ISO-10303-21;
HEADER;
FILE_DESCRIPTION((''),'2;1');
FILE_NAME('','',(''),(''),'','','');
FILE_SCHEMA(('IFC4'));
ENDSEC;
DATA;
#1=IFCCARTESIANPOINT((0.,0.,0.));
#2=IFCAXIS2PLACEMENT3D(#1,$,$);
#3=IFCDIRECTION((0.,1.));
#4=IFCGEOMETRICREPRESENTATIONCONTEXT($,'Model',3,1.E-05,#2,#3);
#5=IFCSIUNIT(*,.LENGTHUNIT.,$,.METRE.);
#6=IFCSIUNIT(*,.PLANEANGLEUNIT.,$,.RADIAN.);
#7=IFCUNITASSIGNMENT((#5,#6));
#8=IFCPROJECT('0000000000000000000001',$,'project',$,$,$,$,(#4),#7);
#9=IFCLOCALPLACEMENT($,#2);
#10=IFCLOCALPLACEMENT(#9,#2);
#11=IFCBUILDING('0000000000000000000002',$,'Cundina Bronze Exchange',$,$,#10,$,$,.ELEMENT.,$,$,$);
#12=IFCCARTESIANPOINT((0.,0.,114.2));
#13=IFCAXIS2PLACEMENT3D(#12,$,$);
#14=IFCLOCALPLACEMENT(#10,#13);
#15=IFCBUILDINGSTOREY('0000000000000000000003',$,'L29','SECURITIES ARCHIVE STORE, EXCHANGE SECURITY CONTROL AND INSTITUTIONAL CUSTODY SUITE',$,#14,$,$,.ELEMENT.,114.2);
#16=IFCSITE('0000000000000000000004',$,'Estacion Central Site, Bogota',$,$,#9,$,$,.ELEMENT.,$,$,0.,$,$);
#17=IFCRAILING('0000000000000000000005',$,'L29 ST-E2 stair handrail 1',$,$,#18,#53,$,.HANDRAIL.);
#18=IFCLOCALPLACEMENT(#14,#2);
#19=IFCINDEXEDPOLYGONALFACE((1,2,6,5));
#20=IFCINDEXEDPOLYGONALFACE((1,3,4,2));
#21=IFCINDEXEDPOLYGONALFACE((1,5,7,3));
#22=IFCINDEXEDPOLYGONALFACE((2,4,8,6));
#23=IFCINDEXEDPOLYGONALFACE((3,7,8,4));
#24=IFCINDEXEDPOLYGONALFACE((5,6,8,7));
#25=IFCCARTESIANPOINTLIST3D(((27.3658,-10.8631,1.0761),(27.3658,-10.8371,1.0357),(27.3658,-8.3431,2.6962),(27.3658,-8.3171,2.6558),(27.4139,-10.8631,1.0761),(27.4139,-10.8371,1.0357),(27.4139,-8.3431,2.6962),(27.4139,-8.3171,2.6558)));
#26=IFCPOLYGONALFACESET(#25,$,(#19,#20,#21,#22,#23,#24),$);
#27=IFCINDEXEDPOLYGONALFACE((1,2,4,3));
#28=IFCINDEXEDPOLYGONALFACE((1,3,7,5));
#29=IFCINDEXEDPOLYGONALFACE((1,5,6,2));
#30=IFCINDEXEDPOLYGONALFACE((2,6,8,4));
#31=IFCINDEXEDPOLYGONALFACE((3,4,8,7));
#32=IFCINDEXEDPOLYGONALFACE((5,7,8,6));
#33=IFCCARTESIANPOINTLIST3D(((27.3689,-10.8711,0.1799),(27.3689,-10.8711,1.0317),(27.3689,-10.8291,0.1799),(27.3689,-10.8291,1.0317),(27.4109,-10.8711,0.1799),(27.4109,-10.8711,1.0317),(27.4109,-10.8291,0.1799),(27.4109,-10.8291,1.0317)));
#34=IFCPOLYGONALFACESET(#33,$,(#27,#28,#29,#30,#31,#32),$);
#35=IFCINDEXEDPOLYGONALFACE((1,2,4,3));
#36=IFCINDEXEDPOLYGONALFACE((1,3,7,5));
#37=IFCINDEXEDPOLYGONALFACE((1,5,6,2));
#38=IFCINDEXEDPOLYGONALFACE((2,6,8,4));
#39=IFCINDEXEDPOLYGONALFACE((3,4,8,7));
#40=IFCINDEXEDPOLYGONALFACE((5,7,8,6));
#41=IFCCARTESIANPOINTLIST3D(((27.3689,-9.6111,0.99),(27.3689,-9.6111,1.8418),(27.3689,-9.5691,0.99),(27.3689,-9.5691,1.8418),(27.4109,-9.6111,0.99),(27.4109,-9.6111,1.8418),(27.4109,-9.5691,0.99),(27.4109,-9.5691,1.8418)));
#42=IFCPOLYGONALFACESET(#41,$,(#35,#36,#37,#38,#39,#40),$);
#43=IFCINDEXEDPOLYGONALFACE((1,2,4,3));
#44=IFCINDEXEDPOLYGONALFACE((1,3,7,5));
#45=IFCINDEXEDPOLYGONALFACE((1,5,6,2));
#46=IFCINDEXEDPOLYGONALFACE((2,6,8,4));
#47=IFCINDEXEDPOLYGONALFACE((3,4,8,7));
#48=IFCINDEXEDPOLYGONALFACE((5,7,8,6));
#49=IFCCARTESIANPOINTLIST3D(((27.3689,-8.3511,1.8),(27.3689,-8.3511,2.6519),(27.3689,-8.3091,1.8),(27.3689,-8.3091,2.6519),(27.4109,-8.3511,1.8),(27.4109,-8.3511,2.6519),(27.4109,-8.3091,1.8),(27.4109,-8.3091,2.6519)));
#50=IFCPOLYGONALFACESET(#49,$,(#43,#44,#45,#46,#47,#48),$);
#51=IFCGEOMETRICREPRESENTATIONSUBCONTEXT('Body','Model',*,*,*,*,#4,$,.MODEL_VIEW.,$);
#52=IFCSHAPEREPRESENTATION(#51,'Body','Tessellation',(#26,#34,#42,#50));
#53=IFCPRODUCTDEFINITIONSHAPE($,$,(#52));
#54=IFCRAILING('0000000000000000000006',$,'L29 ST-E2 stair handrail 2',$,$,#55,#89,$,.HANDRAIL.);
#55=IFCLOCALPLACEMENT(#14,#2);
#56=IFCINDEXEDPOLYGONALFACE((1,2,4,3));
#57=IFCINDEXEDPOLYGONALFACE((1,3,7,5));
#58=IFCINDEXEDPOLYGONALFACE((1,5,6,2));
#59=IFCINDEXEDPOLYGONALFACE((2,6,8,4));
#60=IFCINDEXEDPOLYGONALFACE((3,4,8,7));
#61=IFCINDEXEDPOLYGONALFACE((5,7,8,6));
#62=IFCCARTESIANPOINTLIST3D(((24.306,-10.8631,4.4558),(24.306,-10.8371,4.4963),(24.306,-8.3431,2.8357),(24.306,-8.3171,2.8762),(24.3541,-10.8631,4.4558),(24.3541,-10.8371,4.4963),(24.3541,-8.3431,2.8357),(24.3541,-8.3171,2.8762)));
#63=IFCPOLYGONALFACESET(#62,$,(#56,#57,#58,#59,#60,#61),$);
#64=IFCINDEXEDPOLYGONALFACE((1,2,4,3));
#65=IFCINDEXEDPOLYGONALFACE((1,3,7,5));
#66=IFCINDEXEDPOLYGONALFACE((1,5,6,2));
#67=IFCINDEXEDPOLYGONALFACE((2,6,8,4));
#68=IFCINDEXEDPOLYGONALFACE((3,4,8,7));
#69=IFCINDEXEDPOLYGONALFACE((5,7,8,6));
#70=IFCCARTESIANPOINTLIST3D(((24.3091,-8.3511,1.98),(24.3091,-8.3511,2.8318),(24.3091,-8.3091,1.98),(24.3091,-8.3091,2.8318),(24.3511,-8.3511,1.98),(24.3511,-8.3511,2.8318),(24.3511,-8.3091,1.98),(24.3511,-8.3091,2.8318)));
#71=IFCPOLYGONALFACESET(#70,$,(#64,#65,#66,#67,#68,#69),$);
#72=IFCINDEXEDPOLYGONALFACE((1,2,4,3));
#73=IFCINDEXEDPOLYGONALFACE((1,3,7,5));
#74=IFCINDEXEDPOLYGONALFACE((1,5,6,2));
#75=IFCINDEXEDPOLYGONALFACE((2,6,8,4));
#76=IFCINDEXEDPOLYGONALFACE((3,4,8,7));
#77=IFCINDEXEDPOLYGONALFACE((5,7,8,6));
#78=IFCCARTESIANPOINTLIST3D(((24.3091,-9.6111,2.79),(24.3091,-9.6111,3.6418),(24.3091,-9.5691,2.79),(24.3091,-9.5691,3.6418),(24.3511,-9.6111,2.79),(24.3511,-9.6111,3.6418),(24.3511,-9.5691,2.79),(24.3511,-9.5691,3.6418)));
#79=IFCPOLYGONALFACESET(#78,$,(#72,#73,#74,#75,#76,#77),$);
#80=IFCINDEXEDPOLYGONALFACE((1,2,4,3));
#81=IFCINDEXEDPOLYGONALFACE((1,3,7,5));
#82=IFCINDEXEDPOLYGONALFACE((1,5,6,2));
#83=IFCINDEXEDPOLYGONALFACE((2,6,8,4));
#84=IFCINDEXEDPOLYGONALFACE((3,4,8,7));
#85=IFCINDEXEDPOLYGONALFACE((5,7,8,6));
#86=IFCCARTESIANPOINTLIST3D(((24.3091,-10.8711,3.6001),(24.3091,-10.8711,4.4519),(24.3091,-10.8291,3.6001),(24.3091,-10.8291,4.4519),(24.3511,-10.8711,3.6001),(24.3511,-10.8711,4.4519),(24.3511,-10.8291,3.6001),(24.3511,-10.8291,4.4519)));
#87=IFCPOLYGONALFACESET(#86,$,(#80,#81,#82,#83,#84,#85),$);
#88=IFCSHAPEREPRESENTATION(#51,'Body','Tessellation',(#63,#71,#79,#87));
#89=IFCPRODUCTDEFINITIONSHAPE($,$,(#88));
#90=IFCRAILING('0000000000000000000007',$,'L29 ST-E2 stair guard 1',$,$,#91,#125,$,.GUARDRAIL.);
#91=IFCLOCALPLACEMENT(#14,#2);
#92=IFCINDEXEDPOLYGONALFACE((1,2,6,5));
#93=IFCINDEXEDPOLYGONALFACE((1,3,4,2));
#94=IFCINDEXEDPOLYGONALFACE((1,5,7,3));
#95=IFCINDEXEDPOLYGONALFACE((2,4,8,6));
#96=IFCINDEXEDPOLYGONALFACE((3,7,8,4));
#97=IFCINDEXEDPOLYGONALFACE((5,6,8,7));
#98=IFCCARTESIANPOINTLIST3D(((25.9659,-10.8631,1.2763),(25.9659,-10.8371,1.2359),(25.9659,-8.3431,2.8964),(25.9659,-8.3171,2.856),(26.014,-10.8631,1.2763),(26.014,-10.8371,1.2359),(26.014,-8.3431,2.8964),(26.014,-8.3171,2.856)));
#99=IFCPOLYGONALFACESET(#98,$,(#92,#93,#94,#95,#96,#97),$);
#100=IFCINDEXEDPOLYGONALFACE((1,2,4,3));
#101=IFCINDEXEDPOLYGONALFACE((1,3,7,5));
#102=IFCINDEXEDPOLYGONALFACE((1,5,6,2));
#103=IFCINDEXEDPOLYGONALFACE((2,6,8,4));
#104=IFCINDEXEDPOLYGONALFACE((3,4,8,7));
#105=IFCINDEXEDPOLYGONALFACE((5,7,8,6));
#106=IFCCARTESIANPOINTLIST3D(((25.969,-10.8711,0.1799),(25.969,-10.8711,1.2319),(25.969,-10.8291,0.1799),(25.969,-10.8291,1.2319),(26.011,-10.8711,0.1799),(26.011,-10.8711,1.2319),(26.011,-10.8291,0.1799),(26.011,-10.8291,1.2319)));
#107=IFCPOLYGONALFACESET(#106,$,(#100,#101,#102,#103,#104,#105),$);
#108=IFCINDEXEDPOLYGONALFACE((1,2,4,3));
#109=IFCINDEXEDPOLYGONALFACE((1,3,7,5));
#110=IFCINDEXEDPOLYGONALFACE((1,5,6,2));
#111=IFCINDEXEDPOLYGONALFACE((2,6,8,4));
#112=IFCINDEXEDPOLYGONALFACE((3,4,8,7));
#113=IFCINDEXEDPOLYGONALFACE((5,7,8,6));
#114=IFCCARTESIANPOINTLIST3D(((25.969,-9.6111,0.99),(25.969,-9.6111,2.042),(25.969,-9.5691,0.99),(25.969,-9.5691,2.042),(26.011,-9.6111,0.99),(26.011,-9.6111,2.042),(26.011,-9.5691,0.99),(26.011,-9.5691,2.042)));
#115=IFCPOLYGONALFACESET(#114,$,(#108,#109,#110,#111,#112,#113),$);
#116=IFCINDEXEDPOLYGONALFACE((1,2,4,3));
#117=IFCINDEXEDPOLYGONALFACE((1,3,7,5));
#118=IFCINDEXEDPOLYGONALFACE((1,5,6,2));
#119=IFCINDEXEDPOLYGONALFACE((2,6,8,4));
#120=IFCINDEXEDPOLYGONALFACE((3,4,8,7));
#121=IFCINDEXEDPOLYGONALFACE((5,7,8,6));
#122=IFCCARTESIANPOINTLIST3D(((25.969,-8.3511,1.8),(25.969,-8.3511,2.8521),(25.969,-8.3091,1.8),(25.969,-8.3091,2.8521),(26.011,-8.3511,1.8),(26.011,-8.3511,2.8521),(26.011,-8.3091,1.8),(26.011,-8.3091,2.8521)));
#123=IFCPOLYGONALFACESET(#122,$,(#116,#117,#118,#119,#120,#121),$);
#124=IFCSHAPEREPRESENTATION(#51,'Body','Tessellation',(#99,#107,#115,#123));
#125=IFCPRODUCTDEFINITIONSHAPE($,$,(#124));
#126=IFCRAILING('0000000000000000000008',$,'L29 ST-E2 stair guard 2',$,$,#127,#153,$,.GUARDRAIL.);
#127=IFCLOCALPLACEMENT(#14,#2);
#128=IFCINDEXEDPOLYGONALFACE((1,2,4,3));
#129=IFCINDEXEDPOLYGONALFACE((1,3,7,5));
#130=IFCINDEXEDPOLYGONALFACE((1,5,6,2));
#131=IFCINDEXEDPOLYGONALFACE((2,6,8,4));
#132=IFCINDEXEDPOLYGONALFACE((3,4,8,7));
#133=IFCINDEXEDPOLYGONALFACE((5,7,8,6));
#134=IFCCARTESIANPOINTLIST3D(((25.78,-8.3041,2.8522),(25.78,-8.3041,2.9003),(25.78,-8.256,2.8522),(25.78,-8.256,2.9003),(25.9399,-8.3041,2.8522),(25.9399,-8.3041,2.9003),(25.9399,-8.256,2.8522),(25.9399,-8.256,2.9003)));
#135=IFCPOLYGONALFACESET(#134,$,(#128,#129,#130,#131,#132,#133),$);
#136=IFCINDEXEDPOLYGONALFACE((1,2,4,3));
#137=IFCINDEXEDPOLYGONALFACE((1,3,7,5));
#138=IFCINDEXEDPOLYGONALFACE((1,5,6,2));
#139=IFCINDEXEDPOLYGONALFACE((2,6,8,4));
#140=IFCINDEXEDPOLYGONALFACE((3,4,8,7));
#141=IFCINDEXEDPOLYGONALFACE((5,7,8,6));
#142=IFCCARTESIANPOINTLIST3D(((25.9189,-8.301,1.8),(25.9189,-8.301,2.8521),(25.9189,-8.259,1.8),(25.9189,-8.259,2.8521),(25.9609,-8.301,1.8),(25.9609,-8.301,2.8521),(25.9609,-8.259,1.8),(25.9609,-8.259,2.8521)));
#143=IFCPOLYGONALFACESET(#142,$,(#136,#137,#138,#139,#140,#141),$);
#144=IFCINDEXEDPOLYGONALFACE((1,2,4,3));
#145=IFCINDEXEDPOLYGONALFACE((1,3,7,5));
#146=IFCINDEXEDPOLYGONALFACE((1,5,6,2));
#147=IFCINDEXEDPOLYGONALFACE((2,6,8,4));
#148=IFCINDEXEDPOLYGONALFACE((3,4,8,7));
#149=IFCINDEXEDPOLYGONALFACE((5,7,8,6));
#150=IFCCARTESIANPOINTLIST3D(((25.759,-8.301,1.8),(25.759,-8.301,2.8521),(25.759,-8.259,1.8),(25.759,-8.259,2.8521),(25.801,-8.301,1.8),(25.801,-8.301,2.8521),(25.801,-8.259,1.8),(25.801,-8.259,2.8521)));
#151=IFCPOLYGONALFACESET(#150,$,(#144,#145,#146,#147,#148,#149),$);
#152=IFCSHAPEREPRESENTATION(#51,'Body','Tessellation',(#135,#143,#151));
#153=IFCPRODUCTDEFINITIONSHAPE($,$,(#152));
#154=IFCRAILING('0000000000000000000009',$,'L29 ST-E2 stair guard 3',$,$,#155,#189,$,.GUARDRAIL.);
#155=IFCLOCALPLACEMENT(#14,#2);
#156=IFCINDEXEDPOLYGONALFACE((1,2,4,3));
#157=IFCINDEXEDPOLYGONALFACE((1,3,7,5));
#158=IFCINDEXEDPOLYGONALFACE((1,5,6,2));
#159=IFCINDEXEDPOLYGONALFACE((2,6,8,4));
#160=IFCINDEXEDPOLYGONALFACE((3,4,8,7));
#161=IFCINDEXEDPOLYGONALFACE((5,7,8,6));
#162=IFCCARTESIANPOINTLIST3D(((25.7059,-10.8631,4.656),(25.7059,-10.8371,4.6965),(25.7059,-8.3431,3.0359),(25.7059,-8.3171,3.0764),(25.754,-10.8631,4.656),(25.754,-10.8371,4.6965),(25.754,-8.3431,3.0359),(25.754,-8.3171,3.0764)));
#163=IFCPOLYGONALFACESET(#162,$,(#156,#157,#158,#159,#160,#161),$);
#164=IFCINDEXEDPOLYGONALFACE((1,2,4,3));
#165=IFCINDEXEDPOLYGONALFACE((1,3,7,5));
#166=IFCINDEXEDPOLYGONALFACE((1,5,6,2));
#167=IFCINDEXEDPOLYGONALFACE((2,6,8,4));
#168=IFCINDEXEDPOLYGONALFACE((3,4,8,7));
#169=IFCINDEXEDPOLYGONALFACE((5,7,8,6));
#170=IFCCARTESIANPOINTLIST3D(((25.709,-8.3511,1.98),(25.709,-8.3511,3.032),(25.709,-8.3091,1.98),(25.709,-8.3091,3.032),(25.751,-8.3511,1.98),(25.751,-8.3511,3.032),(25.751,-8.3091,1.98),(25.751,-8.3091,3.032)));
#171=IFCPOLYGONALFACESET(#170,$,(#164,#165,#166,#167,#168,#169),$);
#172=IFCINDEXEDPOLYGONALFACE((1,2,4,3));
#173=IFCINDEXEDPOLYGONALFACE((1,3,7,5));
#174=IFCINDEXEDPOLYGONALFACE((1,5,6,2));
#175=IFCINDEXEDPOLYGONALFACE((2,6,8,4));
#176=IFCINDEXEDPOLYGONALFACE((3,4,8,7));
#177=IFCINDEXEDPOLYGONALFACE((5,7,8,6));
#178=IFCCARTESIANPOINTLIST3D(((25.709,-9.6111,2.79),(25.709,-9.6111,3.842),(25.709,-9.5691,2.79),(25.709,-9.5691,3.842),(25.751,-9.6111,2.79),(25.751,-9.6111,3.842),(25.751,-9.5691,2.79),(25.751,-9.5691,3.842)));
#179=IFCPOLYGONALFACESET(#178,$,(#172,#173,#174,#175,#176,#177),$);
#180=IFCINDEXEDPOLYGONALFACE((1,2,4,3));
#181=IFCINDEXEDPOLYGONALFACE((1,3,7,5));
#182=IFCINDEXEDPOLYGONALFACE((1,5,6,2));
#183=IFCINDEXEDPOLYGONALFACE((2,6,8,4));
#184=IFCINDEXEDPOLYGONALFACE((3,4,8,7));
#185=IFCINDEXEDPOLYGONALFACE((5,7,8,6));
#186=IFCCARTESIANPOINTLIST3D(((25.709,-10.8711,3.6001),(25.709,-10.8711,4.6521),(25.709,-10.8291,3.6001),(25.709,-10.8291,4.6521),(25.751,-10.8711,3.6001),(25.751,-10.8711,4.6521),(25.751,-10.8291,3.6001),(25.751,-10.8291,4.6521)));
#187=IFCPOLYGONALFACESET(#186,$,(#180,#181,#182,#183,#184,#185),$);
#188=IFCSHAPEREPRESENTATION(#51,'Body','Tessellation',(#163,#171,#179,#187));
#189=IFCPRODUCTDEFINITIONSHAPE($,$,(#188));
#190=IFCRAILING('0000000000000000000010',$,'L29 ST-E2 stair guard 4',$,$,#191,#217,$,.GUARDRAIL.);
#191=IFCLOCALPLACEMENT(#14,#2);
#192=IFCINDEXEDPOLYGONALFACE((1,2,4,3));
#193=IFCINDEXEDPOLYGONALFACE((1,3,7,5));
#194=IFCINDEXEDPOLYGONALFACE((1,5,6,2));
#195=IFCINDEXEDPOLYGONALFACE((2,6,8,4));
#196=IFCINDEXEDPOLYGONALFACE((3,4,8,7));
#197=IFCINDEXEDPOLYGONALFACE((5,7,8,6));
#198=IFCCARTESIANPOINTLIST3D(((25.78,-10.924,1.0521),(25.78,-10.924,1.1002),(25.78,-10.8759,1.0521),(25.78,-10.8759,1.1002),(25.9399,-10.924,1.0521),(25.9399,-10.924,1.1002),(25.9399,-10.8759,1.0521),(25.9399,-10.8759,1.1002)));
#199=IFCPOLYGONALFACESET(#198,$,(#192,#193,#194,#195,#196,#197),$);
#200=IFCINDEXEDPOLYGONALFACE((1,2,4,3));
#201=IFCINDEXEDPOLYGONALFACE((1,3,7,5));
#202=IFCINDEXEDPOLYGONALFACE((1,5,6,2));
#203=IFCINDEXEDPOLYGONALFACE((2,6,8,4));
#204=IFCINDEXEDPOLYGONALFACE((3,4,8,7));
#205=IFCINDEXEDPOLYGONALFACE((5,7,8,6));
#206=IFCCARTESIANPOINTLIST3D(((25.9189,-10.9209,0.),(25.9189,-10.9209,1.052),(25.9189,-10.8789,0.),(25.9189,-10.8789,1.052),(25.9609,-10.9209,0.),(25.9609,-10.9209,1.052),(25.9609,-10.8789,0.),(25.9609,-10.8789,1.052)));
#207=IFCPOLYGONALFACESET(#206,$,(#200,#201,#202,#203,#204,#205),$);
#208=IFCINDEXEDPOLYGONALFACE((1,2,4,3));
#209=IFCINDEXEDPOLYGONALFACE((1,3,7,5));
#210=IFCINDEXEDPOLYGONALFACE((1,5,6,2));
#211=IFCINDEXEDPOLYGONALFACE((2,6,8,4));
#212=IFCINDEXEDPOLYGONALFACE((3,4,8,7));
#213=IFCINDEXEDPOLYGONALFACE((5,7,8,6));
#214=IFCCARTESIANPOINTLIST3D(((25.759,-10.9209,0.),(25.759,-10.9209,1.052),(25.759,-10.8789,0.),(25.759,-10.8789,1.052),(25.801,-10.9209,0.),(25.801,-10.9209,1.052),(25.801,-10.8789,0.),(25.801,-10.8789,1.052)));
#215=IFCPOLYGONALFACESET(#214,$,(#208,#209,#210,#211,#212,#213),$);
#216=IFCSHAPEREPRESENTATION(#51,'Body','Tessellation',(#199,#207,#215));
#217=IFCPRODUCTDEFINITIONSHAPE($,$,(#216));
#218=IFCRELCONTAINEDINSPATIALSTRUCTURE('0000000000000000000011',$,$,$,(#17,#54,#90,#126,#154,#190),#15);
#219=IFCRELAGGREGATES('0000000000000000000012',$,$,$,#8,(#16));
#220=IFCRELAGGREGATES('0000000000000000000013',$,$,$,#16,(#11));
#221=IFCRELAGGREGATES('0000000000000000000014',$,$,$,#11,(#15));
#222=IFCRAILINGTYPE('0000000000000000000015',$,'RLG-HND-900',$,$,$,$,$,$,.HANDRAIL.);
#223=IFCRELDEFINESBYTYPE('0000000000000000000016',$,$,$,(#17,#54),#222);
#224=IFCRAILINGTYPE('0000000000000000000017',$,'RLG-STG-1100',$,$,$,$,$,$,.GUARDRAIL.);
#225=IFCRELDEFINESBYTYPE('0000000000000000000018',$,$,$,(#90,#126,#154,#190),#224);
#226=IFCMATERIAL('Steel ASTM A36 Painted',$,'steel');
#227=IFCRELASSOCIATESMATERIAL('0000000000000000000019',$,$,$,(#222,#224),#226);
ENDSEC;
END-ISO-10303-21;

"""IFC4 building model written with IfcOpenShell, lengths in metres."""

from ifc_helpers import new_model, si_unit, direction, frame, origin, origin_2d, place, context, subcontext, project, spatial, rectangle, extrude, material, type_object, element, save


model = new_model("IFC4")

# Units and contexts
model_context = context("Model", 3, precision=1e-05, world=origin(), true_north=direction((0.0, 1.0)))
body_context = subcontext(model_context, "Body", "Model", "MODEL_VIEW")
ifc_project = project(units=[si_unit("LENGTHUNIT", "METRE"), si_unit("PLANEANGLEUNIT", "RADIAN")], contexts=[model_context])

# Site, building, storey
site_placement = place(None, origin())
site = spatial("IfcSite", under=ifc_project, at=site_placement, Name="Estacion Central Site, Bogota", CompositionType="ELEMENT", RefElevation=0.0)
building_placement = place(site_placement, origin())
building = spatial("IfcBuilding", under=site, at=building_placement, Name="Cundina Bronze Exchange", CompositionType="ELEMENT")
storey_placement = place(building_placement, frame((0.0, 0.0, 114.2)))
storey = spatial("IfcBuildingStorey", under=building, at=storey_placement, Name="L29", Description="SECURITIES ARCHIVE STORE, EXCHANGE SECURITY CONTROL AND INSTITUTIONAL CUSTODY SUITE", CompositionType="ELEMENT", Elevation=114.2)

# Shared definitions
ifc_material_1 = material(Name="Steel ASTM A36 Painted", Category="steel")

# Railings
railing_type_1 = type_object("IfcRailingType", Name="RLG-HND-900", PredefinedType="HANDRAIL", material=ifc_material_1)
railing_1_placement = place(storey_placement, frame((27.3899, -10.8501, 0.1799)))
element("IfcRailing", 1, at=railing_1_placement, inside=storey, type_object=railing_type_1, Name="L29 ST-E2 stair handrail 1", PredefinedType="HANDRAIL", context=body_context, shape_type="SweptSolid", body=[
    extrude(rectangle(XDim=0.0481, YDim=0.0481, at=origin_2d()), frame((0.0, 0.0, 0.876), z_axis=(0.0, 0.841163, 0.540782), x_axis=(-1.0, 0.0, 0.0)), (0.0, 0.0, 1.0), 2.9958),
    extrude(rectangle(XDim=0.042, YDim=0.042, at=origin_2d()), origin(), (0.0, 0.0, 1.0), 0.8518),
    extrude(rectangle(XDim=0.042, YDim=0.042, at=origin_2d()), frame((0.0, 1.26, 0.8101)), (0.0, 0.0, 1.0), 0.8518),
    extrude(rectangle(XDim=0.042, YDim=0.042, at=origin_2d()), frame((0.0, 2.52, 1.6201)), (0.0, 0.0, 1.0), 0.8518),
])
railing_2_placement = place(storey_placement, frame((24.3301, -8.3301, 1.98)))
element("IfcRailing", 2, at=railing_2_placement, inside=storey, type_object=railing_type_1, Name="L29 ST-E2 stair handrail 2", PredefinedType="HANDRAIL", context=body_context, shape_type="SweptSolid", body=[
    extrude(rectangle(XDim=0.0481, YDim=0.0481, at=origin_2d()), frame((0.0, 0.0, 0.876), z_axis=(0.0, -0.841163, 0.540782), x_axis=(1.0, 0.0, 0.0)), (0.0, 0.0, 1.0), 2.9958),
    extrude(rectangle(XDim=0.042, YDim=0.042, at=origin_2d()), origin(), (0.0, 0.0, 1.0), 0.8518),
    extrude(rectangle(XDim=0.042, YDim=0.042, at=origin_2d()), frame((0.0, -1.26, 0.8101)), (0.0, 0.0, 1.0), 0.8518),
    extrude(rectangle(XDim=0.042, YDim=0.042, at=origin_2d()), frame((0.0, -2.52, 1.6201)), (0.0, 0.0, 1.0), 0.8518),
])
railing_type_2 = type_object("IfcRailingType", Name="RLG-STG-1100", PredefinedType="GUARDRAIL", material=ifc_material_1)
railing_3_placement = place(storey_placement, frame((25.99, -10.8501, 0.1799)))
element("IfcRailing", 3, at=railing_3_placement, inside=storey, type_object=railing_type_2, Name="L29 ST-E2 stair guard 1", PredefinedType="GUARDRAIL", context=body_context, shape_type="SweptSolid", body=[
    extrude(rectangle(XDim=0.0481, YDim=0.0481, at=origin_2d()), frame((0.0, 0.0, 1.0762), z_axis=(0.0, 0.841163, 0.540782), x_axis=(-1.0, 0.0, 0.0)), (0.0, 0.0, 1.0), 2.9958),
    extrude(rectangle(XDim=0.042, YDim=0.042, at=origin_2d()), origin(), (0.0, 0.0, 1.0), 1.052),
    extrude(rectangle(XDim=0.042, YDim=0.042, at=origin_2d()), frame((0.0, 1.26, 0.8101)), (0.0, 0.0, 1.0), 1.052),
    extrude(rectangle(XDim=0.042, YDim=0.042, at=origin_2d()), frame((0.0, 2.52, 1.6201)), (0.0, 0.0, 1.0), 1.052),
])
railing_4_placement = place(storey_placement, frame((25.9399, -8.28, 1.8)))
element("IfcRailing", 4, at=railing_4_placement, inside=storey, type_object=railing_type_2, Name="L29 ST-E2 stair guard 2", PredefinedType="GUARDRAIL", context=body_context, shape_type="SweptSolid", body=[
    extrude(rectangle(XDim=0.0481, YDim=0.0481, at=origin_2d()), frame((0.0, 0.0, 1.0762), z_axis=(-1.0, 0.0, 0.0), x_axis=(0.0, -1.0, 0.0)), (0.0, 0.0, 1.0), 0.1599),
    extrude(rectangle(XDim=0.042, YDim=0.042, at=origin_2d()), origin(), (0.0, 0.0, 1.0), 1.052),
    extrude(rectangle(XDim=0.042, YDim=0.042, at=origin_2d()), frame((-0.1599, 0.0, 0.0)), (0.0, 0.0, 1.0), 1.052),
])
railing_5_placement = place(storey_placement, frame((25.73, -8.3301, 1.98)))
element("IfcRailing", 5, at=railing_5_placement, inside=storey, type_object=railing_type_2, Name="L29 ST-E2 stair guard 3", PredefinedType="GUARDRAIL", context=body_context, shape_type="SweptSolid", body=[
    extrude(rectangle(XDim=0.0481, YDim=0.0481, at=origin_2d()), frame((0.0, 0.0, 1.0762), z_axis=(0.0, -0.841163, 0.540782), x_axis=(1.0, 0.0, 0.0)), (0.0, 0.0, 1.0), 2.9958),
    extrude(rectangle(XDim=0.042, YDim=0.042, at=origin_2d()), origin(), (0.0, 0.0, 1.0), 1.052),
    extrude(rectangle(XDim=0.042, YDim=0.042, at=origin_2d()), frame((0.0, -1.26, 0.8101)), (0.0, 0.0, 1.0), 1.052),
    extrude(rectangle(XDim=0.042, YDim=0.042, at=origin_2d()), frame((0.0, -2.52, 1.6201)), (0.0, 0.0, 1.0), 1.052),
])
railing_6_placement = place(storey_placement, frame((25.9399, -10.8999, 0.0)))
element("IfcRailing", 6, at=railing_6_placement, inside=storey, type_object=railing_type_2, Name="L29 ST-E2 stair guard 4", PredefinedType="GUARDRAIL", context=body_context, shape_type="SweptSolid", body=[
    extrude(rectangle(XDim=0.0481, YDim=0.0481, at=origin_2d()), frame((0.0, 0.0, 1.0762), z_axis=(-1.0, 0.0, 0.0), x_axis=(0.0, -1.0, 0.0)), (0.0, 0.0, 1.0), 0.1599),
    extrude(rectangle(XDim=0.042, YDim=0.042, at=origin_2d()), origin(), (0.0, 0.0, 1.0), 1.052),
    extrude(rectangle(XDim=0.042, YDim=0.042, at=origin_2d()), frame((-0.1599, 0.0, 0.0)), (0.0, 0.0, 1.0), 1.052),
])

save(model, "model.ifc")
